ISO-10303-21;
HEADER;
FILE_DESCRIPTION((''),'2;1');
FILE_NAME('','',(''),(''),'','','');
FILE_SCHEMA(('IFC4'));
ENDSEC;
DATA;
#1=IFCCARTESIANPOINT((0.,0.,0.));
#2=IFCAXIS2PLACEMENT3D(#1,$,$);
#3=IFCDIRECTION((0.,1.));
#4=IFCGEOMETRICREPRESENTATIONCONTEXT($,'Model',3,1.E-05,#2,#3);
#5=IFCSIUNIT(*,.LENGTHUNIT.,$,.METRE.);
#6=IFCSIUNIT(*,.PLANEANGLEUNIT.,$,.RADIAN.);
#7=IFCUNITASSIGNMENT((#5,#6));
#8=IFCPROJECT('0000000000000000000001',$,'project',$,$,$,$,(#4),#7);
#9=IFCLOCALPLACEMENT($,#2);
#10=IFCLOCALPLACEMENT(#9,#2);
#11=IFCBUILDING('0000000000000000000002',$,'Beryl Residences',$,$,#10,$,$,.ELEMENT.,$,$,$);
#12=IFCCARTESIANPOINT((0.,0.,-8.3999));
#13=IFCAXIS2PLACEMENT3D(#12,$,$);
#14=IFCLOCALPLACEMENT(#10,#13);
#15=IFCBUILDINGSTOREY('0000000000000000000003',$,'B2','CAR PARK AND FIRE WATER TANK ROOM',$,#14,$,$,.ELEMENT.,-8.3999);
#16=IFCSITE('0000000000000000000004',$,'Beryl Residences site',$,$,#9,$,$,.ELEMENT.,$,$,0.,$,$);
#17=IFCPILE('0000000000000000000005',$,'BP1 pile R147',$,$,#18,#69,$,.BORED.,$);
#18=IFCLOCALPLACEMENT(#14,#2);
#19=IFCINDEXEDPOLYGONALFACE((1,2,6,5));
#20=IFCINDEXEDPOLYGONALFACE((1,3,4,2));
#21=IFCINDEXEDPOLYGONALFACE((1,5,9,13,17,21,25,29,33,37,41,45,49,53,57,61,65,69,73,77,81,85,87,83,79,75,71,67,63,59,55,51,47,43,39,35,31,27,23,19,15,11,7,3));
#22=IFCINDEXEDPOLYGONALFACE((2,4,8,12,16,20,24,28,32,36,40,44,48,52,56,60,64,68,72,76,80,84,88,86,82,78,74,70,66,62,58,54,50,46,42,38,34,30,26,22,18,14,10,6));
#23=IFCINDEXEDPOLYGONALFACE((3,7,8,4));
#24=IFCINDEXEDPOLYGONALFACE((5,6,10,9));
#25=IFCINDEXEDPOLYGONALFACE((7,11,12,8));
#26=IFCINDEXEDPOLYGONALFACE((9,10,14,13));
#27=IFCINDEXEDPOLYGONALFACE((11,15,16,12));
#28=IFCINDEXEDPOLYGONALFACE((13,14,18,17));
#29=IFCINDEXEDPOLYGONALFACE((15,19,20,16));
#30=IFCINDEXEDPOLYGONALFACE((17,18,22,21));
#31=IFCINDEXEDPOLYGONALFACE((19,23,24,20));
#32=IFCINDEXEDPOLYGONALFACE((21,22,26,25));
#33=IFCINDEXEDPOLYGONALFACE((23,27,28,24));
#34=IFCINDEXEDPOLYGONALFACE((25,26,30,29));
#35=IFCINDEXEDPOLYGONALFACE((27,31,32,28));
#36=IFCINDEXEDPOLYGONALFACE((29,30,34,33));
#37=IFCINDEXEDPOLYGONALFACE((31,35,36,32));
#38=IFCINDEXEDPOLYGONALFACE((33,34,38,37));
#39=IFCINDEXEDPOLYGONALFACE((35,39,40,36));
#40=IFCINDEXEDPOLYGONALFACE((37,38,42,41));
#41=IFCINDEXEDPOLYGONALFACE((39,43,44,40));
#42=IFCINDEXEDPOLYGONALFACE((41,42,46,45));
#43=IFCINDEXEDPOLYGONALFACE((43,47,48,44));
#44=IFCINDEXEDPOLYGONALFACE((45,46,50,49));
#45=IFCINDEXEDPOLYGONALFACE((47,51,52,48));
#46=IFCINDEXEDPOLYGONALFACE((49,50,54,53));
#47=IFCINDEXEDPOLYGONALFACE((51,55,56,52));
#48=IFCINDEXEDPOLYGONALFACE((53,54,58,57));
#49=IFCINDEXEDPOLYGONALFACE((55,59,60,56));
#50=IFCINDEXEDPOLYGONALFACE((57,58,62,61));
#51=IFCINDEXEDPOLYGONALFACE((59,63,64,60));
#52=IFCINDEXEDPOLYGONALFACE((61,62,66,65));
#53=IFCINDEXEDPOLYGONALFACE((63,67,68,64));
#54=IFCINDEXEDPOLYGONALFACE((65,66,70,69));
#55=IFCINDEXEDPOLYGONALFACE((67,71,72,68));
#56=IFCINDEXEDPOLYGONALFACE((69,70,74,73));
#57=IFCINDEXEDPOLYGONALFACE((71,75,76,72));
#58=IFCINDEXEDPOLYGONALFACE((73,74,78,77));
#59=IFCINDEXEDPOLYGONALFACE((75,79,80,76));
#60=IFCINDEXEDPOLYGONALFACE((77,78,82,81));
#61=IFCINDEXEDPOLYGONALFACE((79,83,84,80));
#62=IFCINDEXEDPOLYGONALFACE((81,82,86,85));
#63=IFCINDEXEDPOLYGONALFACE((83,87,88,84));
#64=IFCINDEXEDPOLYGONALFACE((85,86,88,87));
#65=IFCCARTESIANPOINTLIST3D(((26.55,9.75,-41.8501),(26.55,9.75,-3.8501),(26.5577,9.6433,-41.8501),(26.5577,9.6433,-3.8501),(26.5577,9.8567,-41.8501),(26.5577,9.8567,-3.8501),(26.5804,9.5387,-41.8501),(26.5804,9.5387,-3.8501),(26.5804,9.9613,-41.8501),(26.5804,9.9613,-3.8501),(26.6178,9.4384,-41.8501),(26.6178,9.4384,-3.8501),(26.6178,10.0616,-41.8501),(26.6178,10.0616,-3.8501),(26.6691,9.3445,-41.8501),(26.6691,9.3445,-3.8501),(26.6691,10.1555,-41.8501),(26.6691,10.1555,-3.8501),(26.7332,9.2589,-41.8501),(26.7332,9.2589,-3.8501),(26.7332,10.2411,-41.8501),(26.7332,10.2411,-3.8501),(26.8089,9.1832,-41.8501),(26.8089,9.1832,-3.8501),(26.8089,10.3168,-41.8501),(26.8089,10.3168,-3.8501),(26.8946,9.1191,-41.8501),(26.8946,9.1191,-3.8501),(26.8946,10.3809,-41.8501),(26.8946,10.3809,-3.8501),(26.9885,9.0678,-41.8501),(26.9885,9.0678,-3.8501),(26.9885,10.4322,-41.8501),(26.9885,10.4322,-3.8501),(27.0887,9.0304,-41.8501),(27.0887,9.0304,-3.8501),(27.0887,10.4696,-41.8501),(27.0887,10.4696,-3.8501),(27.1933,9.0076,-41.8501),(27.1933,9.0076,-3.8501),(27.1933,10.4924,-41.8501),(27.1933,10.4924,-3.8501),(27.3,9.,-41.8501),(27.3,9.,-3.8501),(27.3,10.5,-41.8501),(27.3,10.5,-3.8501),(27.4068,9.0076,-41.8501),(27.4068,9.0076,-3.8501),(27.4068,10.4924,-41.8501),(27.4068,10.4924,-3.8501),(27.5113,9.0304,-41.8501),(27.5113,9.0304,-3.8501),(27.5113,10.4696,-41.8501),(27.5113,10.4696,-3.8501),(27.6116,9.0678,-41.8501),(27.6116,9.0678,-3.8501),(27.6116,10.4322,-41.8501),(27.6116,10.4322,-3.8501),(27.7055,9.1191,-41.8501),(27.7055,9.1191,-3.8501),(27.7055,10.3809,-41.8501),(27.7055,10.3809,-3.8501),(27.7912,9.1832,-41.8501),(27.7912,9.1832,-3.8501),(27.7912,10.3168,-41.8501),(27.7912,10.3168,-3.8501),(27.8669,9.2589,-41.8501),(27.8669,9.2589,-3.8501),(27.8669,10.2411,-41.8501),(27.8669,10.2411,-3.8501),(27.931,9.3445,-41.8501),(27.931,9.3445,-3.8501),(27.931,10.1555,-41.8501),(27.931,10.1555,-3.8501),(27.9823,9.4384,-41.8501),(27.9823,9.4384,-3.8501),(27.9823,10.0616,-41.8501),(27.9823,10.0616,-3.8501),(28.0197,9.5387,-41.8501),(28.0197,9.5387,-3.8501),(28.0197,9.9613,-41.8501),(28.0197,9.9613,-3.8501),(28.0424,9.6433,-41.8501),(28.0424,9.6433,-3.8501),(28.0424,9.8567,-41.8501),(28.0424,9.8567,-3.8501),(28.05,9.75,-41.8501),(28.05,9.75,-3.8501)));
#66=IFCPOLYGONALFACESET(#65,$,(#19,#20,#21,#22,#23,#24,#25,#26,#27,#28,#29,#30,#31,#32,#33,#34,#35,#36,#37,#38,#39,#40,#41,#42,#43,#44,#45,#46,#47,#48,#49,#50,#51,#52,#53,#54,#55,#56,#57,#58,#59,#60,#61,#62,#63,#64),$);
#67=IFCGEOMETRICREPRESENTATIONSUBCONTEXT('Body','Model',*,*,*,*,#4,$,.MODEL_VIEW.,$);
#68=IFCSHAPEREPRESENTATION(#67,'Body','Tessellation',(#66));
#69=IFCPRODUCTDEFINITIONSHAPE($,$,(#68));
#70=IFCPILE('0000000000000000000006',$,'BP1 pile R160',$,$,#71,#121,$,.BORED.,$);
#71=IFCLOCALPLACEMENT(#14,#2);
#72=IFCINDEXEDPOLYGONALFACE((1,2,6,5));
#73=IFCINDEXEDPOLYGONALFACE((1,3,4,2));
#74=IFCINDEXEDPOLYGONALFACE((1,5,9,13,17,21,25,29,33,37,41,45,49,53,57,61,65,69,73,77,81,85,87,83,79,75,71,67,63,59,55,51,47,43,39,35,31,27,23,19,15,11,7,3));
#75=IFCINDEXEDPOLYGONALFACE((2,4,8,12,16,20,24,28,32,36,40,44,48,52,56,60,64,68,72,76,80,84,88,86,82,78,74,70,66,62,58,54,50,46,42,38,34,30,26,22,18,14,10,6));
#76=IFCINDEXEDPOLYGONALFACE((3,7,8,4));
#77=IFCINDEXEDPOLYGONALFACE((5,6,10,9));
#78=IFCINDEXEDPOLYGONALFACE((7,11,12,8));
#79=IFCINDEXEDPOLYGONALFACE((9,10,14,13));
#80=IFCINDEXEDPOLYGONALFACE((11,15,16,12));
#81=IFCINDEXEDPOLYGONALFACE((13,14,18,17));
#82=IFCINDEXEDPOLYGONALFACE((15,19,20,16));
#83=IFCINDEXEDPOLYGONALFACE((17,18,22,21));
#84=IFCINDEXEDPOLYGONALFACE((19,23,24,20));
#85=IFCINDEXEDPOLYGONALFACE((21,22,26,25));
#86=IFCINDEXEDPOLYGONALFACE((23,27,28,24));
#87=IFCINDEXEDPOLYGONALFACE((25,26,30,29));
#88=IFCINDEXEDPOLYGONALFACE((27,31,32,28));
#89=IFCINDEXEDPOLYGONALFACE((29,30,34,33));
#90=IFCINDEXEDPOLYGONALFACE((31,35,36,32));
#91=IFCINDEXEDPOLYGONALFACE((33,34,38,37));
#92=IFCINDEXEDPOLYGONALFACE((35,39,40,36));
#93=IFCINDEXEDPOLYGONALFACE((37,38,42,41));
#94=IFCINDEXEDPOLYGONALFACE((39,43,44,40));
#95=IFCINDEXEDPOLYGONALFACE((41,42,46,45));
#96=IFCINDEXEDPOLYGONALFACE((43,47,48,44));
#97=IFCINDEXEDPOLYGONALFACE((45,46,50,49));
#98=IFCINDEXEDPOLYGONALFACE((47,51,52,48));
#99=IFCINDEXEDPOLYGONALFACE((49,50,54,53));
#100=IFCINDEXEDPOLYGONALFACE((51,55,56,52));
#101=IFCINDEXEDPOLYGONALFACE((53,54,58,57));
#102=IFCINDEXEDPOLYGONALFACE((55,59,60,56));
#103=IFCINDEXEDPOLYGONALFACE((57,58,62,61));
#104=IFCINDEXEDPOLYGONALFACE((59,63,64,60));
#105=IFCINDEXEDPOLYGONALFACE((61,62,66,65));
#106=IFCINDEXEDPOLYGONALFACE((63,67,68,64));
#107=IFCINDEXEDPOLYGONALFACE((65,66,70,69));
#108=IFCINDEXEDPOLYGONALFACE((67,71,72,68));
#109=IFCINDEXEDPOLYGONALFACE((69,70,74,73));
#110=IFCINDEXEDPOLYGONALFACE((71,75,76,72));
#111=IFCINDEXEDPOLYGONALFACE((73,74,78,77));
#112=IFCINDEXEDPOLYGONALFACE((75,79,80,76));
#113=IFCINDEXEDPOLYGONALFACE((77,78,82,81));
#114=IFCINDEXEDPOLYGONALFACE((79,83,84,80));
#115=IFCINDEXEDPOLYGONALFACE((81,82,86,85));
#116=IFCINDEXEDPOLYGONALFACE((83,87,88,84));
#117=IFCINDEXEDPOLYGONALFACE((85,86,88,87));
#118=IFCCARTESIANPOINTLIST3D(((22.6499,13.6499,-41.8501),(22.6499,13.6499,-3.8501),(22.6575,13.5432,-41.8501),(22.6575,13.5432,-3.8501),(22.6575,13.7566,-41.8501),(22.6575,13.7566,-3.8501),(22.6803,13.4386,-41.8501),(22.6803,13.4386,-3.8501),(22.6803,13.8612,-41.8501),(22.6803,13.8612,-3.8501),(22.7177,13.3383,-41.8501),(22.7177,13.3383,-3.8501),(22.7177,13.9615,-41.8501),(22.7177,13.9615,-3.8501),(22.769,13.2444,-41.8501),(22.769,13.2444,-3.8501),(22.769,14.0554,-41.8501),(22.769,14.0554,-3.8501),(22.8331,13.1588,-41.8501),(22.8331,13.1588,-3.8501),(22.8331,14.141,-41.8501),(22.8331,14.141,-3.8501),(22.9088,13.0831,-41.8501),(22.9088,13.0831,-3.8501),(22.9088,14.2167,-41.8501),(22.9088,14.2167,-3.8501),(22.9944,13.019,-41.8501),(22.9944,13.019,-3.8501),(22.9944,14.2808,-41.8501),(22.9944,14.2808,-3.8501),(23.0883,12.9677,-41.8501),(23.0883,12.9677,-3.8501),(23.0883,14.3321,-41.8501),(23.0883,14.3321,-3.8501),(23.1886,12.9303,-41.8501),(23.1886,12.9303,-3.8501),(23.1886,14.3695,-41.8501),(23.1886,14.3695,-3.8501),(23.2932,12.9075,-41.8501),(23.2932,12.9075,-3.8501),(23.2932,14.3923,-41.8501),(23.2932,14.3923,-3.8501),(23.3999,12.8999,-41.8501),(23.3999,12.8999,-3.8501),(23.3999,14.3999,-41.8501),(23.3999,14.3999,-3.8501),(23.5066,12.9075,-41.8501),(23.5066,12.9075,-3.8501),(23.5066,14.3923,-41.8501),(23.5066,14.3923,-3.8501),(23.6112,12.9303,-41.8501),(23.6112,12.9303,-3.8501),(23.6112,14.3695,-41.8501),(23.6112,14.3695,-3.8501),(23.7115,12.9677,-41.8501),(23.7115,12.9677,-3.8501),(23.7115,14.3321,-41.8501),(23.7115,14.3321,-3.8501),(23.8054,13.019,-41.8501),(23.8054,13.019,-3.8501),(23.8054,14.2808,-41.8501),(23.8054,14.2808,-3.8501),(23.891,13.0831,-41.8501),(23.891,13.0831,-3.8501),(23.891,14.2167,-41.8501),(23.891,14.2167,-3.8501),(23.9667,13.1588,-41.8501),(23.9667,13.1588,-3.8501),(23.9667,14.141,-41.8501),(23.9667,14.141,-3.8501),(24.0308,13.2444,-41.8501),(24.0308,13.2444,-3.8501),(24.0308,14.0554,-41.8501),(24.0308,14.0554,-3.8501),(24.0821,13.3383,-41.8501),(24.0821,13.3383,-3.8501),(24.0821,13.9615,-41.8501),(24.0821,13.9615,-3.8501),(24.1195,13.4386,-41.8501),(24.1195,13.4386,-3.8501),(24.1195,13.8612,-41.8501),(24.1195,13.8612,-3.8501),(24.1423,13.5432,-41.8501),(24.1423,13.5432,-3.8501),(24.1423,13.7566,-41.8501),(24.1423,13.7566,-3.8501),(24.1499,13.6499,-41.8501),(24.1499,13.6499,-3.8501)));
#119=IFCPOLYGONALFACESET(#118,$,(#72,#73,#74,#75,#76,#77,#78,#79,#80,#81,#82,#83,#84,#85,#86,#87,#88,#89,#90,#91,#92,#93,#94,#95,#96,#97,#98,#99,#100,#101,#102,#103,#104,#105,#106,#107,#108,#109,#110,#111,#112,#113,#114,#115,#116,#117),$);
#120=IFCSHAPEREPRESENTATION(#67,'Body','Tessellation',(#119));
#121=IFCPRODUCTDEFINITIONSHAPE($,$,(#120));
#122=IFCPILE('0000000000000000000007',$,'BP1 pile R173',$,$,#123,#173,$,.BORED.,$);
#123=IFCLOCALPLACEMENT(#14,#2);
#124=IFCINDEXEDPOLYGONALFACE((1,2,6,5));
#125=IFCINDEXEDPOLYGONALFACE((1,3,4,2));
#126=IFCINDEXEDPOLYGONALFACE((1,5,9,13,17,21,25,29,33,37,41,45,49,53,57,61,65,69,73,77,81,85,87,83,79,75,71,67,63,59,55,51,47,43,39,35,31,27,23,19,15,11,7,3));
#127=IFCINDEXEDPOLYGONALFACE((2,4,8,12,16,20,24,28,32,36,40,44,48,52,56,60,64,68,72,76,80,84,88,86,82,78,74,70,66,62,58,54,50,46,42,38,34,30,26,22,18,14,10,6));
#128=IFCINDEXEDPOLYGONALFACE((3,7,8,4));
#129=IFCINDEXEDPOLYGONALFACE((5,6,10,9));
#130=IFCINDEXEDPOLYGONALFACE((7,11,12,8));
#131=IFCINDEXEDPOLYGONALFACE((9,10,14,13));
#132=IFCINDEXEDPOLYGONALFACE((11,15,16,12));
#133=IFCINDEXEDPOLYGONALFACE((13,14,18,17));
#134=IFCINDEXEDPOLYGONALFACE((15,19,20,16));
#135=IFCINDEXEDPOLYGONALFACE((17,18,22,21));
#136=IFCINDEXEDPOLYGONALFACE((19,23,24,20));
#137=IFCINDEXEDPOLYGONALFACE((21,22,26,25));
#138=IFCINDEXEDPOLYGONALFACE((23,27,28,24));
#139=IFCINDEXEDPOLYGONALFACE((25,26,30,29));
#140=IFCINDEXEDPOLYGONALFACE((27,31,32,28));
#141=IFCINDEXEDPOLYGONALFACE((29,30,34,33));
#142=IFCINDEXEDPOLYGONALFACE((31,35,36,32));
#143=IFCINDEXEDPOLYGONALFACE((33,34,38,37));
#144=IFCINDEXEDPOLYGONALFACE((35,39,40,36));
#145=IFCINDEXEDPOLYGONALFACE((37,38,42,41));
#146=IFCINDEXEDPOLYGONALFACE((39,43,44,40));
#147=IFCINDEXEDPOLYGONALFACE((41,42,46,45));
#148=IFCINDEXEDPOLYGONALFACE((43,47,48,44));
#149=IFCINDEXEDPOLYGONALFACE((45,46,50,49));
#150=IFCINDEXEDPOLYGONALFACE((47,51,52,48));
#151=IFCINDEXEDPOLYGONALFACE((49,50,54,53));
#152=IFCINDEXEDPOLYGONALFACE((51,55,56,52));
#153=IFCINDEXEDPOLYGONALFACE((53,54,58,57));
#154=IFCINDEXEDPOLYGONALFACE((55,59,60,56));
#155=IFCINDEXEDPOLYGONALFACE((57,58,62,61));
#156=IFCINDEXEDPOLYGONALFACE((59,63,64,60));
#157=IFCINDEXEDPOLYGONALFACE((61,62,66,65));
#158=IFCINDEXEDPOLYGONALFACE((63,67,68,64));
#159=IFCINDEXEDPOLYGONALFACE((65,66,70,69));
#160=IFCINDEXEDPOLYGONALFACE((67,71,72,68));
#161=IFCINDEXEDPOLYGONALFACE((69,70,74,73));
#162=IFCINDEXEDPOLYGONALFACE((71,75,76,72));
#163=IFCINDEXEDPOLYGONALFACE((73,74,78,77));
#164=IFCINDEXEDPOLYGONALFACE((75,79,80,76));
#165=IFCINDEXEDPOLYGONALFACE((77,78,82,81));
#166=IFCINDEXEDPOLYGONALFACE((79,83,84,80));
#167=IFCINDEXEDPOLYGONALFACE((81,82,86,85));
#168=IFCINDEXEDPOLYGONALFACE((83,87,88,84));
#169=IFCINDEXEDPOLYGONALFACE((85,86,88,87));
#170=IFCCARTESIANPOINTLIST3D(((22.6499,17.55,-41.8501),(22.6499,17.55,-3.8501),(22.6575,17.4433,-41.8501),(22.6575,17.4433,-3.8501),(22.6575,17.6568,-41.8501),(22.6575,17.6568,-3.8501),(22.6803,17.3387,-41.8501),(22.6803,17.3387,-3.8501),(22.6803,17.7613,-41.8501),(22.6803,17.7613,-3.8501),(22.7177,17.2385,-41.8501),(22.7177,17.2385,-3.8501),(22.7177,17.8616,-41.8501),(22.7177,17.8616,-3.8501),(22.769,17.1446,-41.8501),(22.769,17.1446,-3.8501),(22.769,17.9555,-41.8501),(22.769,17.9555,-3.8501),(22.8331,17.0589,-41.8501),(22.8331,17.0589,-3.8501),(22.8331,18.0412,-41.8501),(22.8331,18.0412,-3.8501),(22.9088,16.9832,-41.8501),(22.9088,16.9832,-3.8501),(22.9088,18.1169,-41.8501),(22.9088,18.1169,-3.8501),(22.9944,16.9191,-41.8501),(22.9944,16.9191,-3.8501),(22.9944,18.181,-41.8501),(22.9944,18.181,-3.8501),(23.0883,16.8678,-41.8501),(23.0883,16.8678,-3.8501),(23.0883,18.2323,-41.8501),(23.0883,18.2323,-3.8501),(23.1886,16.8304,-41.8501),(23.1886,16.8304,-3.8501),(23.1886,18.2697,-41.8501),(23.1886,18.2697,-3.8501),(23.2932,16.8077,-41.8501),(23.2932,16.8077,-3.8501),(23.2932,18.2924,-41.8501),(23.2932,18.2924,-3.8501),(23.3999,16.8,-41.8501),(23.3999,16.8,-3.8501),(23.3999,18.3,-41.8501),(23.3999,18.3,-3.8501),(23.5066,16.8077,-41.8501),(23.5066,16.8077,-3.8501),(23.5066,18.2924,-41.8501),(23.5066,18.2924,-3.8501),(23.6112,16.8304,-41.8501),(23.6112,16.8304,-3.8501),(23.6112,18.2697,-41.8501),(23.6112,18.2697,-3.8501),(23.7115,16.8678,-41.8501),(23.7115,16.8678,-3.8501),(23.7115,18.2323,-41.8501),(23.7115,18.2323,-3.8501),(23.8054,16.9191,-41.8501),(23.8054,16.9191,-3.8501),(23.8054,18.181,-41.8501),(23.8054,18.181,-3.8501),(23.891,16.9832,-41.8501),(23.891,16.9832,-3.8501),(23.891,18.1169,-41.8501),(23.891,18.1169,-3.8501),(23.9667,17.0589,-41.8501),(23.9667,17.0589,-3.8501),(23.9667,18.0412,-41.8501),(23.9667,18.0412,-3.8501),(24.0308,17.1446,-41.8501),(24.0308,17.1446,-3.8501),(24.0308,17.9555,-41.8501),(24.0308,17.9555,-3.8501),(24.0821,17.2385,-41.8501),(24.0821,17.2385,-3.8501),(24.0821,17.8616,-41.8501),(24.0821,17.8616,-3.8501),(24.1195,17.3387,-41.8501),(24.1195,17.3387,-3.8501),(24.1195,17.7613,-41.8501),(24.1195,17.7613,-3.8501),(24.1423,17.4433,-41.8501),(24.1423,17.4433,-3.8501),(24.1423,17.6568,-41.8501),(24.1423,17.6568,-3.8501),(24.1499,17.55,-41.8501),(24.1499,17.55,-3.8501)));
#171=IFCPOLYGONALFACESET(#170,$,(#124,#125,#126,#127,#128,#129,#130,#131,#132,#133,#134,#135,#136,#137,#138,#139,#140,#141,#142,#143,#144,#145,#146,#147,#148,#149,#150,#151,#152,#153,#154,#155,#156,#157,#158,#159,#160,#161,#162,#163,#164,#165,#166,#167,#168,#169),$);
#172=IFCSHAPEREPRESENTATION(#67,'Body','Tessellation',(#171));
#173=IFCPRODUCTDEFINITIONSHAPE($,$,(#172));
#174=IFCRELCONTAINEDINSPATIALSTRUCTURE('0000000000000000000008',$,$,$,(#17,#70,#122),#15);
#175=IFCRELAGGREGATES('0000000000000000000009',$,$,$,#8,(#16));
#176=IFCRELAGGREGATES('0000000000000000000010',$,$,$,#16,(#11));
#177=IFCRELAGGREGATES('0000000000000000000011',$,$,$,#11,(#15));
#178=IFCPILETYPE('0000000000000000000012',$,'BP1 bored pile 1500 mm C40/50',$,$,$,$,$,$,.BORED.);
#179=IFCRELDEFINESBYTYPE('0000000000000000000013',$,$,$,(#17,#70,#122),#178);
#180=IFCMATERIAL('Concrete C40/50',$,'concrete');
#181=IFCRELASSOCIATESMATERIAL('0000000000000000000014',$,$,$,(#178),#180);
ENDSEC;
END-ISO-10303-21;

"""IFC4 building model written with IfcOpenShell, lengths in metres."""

from ifc_helpers import new_model, si_unit, direction, frame, origin, origin_2d, place, context, subcontext, project, spatial, circle, extrude, material, material_profile, profile_set, type_object, element, save


model = new_model("IFC4")

# Units and contexts
model_context = context("Model", 3, precision=1e-05, world=origin(), true_north=direction((0.0, 1.0)))
body_context = subcontext(model_context, "Body", "Model", "MODEL_VIEW")
ifc_project = project(units=[si_unit("LENGTHUNIT", "METRE"), si_unit("PLANEANGLEUNIT", "RADIAN")], contexts=[model_context])

# Site, building, storey
site_placement = place(None, origin())
site = spatial("IfcSite", under=ifc_project, at=site_placement, Name="Beryl Residences site", CompositionType="ELEMENT", RefElevation=0.0)
building_placement = place(site_placement, origin())
building = spatial("IfcBuilding", under=site, at=building_placement, Name="Beryl Residences", CompositionType="ELEMENT")
storey_placement = place(building_placement, frame((0.0, 0.0, -8.3999)))
storey = spatial("IfcBuildingStorey", under=building, at=storey_placement, Name="B2", Description="CAR PARK AND FIRE WATER TANK ROOM", CompositionType="ELEMENT", Elevation=-8.3999)

# Piles
ifc_material_1 = material(Name="Concrete C40/50", Category="concrete")
ifc_material_profile_1 = material_profile(ifc_material_1, circle(Radius=0.75, at=origin_2d()))
ifc_profile_set_1 = profile_set([ifc_material_profile_1], Name="Concrete C40/50")
pile_type_1 = type_object("IfcPileType", Name="BP1 bored pile 1500 mm C40/50", PredefinedType="BORED", material=ifc_profile_set_1)
for number, where, z_axis, x_axis, name in (
    (1, (27.3, 9.75, -3.8501), (0.0, 0.0, -1.0), (1.0, 0.0, 0.0), "BP1 pile R147"),
    (2, (23.3999, 13.6499, -3.8501), (0.0, 0.0, -1.0), (1.0, 0.0, 0.0), "BP1 pile R160"),
    (3, (23.3999, 17.55, -3.8501), (0.0, 0.0, -1.0), (1.0, 0.0, 0.0), "BP1 pile R173"),
):
    element("IfcPile", number, at=place(storey_placement, frame(where, z_axis=z_axis, x_axis=x_axis)), inside=storey, type_object=pile_type_1, Name=name, PredefinedType="BORED", context=body_context, shape_type="SweptSolid", body=[
        extrude(circle(Radius=0.75, at=origin_2d()), origin(), (0.0, 0.0, 1.0), 38.0),
    ])

save(model, "model.ifc")
